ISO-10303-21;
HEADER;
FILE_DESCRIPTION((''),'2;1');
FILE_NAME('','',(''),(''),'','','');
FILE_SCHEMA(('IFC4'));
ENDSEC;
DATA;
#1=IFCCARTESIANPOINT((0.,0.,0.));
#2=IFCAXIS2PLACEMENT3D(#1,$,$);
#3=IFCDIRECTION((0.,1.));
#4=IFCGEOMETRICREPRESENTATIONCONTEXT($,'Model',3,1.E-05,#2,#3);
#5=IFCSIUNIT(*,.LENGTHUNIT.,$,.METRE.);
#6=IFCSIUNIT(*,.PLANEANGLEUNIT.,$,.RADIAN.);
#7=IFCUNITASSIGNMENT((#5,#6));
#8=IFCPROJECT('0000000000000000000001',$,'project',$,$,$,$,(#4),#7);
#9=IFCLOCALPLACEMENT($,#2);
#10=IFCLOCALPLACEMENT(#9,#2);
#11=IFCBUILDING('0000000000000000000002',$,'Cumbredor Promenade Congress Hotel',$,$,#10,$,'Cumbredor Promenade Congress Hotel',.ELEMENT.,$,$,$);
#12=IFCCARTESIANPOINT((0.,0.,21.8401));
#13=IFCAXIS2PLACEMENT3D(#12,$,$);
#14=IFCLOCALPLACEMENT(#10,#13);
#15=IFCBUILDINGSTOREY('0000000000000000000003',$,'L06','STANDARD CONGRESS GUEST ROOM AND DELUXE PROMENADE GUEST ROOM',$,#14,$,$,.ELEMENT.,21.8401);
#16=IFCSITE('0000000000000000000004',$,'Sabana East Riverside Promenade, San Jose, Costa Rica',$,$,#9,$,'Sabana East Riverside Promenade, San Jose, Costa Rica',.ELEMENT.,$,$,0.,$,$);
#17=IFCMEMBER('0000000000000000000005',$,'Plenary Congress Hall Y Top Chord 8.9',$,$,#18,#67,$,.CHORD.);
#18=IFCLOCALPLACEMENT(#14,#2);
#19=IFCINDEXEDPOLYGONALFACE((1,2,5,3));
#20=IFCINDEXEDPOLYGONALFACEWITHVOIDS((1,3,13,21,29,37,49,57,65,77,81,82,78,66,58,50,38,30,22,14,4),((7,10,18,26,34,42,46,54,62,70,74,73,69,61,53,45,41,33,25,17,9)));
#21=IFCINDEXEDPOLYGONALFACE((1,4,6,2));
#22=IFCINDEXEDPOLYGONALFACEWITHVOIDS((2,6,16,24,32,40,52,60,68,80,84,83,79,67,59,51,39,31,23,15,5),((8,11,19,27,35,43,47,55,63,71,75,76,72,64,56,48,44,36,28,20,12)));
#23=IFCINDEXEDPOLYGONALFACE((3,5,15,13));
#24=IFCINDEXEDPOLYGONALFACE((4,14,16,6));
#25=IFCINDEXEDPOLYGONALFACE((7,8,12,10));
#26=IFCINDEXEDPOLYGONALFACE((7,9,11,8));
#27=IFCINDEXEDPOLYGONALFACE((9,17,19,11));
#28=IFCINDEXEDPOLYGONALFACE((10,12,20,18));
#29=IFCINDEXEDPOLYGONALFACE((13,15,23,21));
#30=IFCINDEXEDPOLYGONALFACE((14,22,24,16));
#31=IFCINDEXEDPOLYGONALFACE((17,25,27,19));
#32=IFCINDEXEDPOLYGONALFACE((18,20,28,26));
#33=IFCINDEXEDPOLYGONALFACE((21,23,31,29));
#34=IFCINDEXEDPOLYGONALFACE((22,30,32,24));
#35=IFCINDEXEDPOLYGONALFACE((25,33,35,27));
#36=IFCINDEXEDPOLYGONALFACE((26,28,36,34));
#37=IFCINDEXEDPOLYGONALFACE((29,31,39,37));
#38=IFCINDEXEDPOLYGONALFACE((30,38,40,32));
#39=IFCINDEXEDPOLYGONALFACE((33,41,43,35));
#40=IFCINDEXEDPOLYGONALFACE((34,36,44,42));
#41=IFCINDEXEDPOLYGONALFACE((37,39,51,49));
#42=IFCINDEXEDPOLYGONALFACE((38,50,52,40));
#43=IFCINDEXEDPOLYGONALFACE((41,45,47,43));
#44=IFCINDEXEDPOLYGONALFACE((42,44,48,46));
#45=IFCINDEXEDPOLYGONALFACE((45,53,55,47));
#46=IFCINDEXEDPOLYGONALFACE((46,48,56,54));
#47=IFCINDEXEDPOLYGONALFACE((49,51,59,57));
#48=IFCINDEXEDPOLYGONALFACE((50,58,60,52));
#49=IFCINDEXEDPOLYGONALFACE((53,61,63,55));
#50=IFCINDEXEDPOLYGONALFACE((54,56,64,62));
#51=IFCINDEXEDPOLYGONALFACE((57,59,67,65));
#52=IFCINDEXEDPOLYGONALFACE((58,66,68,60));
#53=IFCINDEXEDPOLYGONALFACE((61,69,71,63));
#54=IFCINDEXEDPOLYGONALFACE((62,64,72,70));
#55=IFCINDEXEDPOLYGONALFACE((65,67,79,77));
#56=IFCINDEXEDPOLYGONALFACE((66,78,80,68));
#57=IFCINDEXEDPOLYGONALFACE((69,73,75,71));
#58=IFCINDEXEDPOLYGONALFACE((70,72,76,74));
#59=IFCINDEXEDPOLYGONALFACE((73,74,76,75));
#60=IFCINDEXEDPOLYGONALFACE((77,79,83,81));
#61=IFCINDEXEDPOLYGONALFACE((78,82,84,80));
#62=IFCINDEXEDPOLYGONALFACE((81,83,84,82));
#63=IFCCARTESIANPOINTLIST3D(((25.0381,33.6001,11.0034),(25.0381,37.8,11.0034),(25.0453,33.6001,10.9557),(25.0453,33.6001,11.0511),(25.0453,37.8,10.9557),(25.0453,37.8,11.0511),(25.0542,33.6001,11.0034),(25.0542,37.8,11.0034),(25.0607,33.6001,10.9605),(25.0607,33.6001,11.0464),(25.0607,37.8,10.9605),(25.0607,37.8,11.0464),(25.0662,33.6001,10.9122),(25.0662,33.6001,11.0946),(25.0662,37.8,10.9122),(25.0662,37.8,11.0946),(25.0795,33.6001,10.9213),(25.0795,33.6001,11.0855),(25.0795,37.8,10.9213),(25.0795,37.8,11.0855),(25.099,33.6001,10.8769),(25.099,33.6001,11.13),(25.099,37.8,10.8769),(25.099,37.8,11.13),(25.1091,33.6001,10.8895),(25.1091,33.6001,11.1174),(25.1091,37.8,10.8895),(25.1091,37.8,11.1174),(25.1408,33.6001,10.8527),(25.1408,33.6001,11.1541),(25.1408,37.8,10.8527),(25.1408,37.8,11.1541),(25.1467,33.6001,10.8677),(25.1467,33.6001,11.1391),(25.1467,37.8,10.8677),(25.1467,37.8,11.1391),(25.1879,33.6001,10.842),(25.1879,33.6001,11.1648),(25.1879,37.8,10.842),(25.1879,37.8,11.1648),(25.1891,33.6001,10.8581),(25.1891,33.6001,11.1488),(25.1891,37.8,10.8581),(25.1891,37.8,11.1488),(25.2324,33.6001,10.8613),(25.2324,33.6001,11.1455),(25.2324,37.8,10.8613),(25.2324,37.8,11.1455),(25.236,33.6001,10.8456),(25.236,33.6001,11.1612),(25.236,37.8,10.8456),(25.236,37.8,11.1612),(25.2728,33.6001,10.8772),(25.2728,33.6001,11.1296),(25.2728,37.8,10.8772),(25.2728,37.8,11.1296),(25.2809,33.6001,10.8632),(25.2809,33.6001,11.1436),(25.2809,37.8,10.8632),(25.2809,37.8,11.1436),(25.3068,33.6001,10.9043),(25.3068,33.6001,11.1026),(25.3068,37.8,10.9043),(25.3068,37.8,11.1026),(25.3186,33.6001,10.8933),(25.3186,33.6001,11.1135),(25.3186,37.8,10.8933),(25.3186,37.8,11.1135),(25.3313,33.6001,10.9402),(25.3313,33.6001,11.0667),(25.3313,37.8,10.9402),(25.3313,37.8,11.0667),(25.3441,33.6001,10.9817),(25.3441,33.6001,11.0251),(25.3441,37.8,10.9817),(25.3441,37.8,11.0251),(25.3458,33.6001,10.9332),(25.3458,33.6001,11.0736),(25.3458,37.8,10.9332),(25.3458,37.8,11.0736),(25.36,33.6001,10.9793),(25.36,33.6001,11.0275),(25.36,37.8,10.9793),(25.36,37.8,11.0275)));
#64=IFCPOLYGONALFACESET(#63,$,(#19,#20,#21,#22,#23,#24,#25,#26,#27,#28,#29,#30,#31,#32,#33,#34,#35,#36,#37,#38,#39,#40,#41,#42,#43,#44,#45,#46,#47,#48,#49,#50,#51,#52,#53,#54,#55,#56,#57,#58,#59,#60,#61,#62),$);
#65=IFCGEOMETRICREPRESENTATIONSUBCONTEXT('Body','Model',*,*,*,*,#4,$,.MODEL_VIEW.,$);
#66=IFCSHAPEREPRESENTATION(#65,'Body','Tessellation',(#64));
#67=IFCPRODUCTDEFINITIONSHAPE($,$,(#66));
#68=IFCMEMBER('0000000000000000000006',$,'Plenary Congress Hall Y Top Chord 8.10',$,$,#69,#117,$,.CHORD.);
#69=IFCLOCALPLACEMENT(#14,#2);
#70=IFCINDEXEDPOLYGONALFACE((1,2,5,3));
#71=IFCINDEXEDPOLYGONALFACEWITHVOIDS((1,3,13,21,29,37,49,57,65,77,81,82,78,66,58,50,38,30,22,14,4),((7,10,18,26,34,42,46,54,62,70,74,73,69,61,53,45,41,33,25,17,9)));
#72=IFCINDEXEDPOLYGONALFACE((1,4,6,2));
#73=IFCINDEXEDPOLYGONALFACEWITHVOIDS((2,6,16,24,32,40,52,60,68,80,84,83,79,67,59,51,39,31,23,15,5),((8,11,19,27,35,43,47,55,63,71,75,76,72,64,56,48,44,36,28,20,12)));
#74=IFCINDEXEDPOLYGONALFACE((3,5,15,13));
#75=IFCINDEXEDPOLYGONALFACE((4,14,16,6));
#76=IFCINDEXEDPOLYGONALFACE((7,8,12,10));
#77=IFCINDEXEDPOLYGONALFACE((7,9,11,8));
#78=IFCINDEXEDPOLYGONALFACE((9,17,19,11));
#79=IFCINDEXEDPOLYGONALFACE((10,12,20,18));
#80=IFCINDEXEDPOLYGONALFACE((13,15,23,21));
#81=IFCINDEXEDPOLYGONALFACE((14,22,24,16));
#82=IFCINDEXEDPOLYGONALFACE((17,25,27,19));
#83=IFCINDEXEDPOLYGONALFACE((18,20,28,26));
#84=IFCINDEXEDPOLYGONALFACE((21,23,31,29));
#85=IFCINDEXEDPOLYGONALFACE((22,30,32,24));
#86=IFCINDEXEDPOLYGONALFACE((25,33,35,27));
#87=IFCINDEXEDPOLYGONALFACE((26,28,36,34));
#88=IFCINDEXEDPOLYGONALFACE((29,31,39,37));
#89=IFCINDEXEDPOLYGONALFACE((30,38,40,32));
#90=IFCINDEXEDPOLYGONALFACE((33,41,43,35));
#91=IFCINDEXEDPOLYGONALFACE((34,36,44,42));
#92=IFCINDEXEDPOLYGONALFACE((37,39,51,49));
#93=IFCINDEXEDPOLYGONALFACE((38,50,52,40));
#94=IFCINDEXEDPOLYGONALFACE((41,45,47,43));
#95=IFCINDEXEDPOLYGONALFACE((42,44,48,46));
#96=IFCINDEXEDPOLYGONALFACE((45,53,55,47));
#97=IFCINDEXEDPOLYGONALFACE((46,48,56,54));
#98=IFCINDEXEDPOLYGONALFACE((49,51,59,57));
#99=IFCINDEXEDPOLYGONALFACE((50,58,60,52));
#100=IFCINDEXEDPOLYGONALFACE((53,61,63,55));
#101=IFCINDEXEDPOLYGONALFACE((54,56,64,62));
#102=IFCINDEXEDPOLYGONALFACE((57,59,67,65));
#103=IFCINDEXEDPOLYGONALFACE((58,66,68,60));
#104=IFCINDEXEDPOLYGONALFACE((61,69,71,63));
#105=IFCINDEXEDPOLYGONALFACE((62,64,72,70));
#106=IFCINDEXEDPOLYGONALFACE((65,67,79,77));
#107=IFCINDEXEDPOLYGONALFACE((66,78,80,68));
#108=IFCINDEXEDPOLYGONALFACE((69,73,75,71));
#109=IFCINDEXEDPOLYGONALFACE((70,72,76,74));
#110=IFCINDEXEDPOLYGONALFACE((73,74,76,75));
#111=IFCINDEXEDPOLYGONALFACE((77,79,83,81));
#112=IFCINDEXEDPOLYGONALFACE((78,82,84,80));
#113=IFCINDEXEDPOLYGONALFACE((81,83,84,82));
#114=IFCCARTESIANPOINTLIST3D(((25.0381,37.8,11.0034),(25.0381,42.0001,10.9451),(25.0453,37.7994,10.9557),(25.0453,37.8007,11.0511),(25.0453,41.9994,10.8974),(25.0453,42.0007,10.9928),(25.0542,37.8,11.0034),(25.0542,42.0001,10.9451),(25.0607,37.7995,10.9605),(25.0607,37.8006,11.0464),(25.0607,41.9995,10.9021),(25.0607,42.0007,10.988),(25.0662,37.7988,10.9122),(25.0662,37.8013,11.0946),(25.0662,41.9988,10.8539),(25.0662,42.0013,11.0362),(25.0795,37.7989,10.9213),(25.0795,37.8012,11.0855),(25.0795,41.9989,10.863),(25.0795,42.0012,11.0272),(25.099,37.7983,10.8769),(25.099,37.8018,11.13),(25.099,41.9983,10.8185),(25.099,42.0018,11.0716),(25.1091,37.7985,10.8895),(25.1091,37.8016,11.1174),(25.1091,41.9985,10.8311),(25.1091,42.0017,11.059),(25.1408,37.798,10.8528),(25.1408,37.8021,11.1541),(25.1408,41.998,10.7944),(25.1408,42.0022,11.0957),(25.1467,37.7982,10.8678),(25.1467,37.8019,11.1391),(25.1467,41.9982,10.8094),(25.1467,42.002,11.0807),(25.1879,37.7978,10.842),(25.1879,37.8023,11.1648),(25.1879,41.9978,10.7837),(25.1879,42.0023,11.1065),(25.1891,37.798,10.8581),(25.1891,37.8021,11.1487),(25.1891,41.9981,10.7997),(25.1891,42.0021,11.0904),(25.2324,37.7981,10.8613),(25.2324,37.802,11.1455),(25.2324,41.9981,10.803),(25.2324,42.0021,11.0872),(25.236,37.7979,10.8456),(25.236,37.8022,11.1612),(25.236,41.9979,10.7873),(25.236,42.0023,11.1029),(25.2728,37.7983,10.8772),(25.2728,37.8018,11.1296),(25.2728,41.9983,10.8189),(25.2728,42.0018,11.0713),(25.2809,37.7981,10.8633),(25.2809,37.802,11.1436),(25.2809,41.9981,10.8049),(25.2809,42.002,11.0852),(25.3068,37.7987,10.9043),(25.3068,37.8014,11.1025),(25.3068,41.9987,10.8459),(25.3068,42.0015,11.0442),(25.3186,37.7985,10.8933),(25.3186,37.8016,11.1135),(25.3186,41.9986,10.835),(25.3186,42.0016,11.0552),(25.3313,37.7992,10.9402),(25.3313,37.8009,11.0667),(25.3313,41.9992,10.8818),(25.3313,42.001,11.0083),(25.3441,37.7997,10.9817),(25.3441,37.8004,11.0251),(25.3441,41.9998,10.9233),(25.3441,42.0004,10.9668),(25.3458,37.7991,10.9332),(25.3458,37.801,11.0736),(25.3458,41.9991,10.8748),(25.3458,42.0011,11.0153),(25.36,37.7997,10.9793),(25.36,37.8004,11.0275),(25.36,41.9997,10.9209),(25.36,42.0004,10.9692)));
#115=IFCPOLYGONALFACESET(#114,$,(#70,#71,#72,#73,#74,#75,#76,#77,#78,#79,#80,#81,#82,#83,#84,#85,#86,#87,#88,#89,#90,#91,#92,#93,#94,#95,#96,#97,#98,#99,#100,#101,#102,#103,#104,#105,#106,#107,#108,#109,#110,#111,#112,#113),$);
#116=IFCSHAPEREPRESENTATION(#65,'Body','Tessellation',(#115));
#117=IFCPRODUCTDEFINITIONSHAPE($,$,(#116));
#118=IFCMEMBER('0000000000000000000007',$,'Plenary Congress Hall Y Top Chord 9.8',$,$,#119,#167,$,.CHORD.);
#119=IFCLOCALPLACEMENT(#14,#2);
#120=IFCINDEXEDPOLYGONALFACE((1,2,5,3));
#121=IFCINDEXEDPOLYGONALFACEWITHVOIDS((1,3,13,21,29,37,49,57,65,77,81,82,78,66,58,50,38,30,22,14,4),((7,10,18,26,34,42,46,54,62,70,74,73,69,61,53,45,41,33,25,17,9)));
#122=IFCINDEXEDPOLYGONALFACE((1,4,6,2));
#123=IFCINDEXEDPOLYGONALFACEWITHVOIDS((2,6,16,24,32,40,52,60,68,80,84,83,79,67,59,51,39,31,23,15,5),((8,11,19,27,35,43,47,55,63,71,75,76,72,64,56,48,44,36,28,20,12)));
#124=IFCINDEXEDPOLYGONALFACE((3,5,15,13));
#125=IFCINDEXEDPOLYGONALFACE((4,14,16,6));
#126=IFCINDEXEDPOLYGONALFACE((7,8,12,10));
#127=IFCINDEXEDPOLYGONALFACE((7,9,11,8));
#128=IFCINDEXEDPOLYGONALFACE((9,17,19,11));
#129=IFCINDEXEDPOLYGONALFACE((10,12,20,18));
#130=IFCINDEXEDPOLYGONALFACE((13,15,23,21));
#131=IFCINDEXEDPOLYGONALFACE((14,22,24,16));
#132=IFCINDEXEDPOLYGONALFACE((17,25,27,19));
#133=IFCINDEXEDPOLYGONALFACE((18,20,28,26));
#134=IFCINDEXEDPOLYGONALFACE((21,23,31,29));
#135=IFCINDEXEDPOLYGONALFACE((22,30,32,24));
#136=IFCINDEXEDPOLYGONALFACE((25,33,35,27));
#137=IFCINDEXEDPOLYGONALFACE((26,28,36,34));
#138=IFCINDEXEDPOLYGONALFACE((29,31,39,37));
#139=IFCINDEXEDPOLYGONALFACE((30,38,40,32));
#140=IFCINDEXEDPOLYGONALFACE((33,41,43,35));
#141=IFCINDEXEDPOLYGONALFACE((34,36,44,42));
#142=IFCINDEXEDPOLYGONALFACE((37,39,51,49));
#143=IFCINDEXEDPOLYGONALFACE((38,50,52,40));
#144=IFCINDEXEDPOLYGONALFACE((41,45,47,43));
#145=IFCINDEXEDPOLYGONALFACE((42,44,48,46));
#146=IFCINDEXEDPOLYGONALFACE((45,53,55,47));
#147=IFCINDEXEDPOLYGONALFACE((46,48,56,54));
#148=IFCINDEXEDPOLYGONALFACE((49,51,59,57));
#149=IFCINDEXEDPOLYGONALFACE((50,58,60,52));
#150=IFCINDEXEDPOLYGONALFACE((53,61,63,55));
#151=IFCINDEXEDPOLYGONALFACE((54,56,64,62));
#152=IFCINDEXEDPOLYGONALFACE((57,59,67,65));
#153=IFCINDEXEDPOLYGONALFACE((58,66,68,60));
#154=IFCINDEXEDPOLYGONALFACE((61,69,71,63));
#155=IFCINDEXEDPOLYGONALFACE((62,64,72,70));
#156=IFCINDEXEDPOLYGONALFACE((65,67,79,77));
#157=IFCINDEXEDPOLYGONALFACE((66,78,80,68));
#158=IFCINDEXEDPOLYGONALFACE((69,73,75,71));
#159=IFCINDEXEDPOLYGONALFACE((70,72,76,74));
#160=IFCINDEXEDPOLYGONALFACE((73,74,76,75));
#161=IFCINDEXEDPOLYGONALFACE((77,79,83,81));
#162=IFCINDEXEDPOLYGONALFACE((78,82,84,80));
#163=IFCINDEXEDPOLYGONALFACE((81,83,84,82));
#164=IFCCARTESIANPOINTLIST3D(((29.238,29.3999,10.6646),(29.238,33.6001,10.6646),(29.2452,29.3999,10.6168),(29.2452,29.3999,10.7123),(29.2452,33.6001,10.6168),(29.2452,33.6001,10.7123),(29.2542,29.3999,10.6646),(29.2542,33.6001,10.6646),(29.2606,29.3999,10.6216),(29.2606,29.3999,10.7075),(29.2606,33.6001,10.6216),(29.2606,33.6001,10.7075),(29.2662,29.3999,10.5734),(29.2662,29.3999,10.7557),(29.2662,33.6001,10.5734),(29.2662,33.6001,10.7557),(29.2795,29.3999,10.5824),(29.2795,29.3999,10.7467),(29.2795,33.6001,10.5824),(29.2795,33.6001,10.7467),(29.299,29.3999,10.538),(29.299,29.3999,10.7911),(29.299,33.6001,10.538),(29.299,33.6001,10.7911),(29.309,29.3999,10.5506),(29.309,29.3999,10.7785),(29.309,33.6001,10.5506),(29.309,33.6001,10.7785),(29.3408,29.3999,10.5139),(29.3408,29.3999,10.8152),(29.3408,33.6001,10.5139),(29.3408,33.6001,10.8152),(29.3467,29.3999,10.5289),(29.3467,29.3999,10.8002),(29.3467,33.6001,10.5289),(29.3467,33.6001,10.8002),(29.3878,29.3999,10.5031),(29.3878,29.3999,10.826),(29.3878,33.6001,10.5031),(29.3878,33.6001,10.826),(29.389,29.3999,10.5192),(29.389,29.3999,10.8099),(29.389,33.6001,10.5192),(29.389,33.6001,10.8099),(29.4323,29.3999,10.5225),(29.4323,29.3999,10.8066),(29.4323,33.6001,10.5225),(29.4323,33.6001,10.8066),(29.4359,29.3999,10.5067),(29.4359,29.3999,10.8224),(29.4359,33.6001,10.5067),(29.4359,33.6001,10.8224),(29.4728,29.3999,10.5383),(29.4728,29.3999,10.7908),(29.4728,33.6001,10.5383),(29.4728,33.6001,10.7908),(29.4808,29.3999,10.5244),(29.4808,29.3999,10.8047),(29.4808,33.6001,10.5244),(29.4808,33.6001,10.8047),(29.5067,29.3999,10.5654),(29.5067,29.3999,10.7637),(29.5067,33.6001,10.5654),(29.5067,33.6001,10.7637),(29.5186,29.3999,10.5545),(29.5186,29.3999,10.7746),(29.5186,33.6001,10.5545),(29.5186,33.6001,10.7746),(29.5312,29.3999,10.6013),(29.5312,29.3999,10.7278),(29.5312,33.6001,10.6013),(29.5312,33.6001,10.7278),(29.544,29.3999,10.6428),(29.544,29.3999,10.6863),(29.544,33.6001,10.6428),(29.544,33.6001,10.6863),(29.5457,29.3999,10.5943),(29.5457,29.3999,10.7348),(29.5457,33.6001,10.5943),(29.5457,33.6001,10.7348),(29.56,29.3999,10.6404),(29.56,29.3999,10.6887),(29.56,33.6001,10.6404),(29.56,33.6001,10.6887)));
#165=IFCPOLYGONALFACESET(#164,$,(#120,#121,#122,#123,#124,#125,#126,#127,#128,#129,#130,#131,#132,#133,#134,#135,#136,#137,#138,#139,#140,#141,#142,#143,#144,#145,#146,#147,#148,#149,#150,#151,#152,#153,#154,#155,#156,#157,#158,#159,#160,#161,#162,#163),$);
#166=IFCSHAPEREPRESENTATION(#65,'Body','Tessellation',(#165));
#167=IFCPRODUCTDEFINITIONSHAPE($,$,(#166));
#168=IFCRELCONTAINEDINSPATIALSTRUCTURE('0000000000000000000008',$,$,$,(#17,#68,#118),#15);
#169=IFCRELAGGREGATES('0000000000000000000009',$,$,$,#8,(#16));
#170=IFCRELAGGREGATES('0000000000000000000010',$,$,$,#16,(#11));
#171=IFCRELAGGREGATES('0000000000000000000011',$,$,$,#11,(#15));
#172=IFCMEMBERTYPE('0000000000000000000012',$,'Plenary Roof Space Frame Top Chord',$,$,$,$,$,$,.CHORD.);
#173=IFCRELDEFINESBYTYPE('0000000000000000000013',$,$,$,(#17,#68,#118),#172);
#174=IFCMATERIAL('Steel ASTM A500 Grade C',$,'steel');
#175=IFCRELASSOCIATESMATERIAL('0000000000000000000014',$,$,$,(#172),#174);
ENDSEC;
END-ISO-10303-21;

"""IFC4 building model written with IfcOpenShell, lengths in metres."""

from ifc_helpers import new_model, si_unit, direction, frame, origin, origin_2d, place, context, subcontext, project, spatial, hollow_circle, extrude, material, material_profile, profile_set, type_object, element, save


model = new_model("IFC4")

# Units and contexts
model_context = context("Model", 3, precision=1e-05, world=origin(), true_north=direction((0.0, 1.0)))
body_context = subcontext(model_context, "Body", "Model", "MODEL_VIEW")
ifc_project = project(units=[si_unit("LENGTHUNIT", "METRE"), si_unit("PLANEANGLEUNIT", "RADIAN")], contexts=[model_context])

# Site, building, storey
site_placement = place(None, origin())
site = spatial("IfcSite", under=ifc_project, at=site_placement, Name="Sabana East Riverside Promenade, San Jose, Costa Rica", LongName="Sabana East Riverside Promenade, San Jose, Costa Rica", CompositionType="ELEMENT", RefElevation=0.0)
building_placement = place(site_placement, origin())
building = spatial("IfcBuilding", under=site, at=building_placement, Name="Cumbredor Promenade Congress Hotel", LongName="Cumbredor Promenade Congress Hotel", CompositionType="ELEMENT")
storey_placement = place(building_placement, frame((0.0, 0.0, 21.8401)))
storey = spatial("IfcBuildingStorey", under=building, at=storey_placement, Name="L06", Description="STANDARD CONGRESS GUEST ROOM AND DELUXE PROMENADE GUEST ROOM", CompositionType="ELEMENT", Elevation=21.8401)

# Members
ifc_material_1 = material(Name="Steel ASTM A500 Grade C", Category="steel")
ifc_material_profile_1 = material_profile(ifc_material_1, hollow_circle(Radius=0.1619, WallThickness=0.0161, at=origin_2d()), Name="CHS 323.9x16")
ifc_profile_set_1 = profile_set([ifc_material_profile_1], Name="Steel ASTM A500 Grade C")
member_type_1 = type_object("IfcMemberType", Name="Plenary Roof Space Frame Top Chord", PredefinedType="CHORD", material=ifc_profile_set_1)
member_1_placement = place(storey_placement, frame((25.2, 33.6001, 11.0034), z_axis=(0.0, 1.0, 0.0), x_axis=(-1.0, 0.0, 0.0)))
element("IfcMember", 1, at=member_1_placement, inside=storey, type_object=member_type_1, Name="Plenary Congress Hall Y Top Chord 8.9", PredefinedType="CHORD", context=body_context, shape_type="SweptSolid", body=[
    extrude(hollow_circle(Radius=0.1619, WallThickness=0.0161, at=origin_2d()), origin(), (0.0, 0.0, 1.0), 4.2),
])
member_2_placement = place(storey_placement, frame((25.2, 37.8, 11.0034), z_axis=(0.0, 0.999904, -0.013892), x_axis=(-1.0, 0.0, 0.0)))
element("IfcMember", 2, at=member_2_placement, inside=storey, type_object=member_type_1, Name="Plenary Congress Hall Y Top Chord 8.10", PredefinedType="CHORD", context=body_context, shape_type="SweptSolid", body=[
    extrude(hollow_circle(Radius=0.1619, WallThickness=0.0161, at=origin_2d()), origin(), (0.0, 0.0, 1.0), 4.2004),
])
member_3_placement = place(storey_placement, frame((29.3999, 29.3999, 10.6646), z_axis=(0.0, 1.0, 0.0), x_axis=(-1.0, 0.0, 0.0)))
element("IfcMember", 3, at=member_3_placement, inside=storey, type_object=member_type_1, Name="Plenary Congress Hall Y Top Chord 9.8", PredefinedType="CHORD", context=body_context, shape_type="SweptSolid", body=[
    extrude(hollow_circle(Radius=0.1619, WallThickness=0.0161, at=origin_2d()), origin(), (0.0, 0.0, 1.0), 4.2002),
])

save(model, "model.ifc")
